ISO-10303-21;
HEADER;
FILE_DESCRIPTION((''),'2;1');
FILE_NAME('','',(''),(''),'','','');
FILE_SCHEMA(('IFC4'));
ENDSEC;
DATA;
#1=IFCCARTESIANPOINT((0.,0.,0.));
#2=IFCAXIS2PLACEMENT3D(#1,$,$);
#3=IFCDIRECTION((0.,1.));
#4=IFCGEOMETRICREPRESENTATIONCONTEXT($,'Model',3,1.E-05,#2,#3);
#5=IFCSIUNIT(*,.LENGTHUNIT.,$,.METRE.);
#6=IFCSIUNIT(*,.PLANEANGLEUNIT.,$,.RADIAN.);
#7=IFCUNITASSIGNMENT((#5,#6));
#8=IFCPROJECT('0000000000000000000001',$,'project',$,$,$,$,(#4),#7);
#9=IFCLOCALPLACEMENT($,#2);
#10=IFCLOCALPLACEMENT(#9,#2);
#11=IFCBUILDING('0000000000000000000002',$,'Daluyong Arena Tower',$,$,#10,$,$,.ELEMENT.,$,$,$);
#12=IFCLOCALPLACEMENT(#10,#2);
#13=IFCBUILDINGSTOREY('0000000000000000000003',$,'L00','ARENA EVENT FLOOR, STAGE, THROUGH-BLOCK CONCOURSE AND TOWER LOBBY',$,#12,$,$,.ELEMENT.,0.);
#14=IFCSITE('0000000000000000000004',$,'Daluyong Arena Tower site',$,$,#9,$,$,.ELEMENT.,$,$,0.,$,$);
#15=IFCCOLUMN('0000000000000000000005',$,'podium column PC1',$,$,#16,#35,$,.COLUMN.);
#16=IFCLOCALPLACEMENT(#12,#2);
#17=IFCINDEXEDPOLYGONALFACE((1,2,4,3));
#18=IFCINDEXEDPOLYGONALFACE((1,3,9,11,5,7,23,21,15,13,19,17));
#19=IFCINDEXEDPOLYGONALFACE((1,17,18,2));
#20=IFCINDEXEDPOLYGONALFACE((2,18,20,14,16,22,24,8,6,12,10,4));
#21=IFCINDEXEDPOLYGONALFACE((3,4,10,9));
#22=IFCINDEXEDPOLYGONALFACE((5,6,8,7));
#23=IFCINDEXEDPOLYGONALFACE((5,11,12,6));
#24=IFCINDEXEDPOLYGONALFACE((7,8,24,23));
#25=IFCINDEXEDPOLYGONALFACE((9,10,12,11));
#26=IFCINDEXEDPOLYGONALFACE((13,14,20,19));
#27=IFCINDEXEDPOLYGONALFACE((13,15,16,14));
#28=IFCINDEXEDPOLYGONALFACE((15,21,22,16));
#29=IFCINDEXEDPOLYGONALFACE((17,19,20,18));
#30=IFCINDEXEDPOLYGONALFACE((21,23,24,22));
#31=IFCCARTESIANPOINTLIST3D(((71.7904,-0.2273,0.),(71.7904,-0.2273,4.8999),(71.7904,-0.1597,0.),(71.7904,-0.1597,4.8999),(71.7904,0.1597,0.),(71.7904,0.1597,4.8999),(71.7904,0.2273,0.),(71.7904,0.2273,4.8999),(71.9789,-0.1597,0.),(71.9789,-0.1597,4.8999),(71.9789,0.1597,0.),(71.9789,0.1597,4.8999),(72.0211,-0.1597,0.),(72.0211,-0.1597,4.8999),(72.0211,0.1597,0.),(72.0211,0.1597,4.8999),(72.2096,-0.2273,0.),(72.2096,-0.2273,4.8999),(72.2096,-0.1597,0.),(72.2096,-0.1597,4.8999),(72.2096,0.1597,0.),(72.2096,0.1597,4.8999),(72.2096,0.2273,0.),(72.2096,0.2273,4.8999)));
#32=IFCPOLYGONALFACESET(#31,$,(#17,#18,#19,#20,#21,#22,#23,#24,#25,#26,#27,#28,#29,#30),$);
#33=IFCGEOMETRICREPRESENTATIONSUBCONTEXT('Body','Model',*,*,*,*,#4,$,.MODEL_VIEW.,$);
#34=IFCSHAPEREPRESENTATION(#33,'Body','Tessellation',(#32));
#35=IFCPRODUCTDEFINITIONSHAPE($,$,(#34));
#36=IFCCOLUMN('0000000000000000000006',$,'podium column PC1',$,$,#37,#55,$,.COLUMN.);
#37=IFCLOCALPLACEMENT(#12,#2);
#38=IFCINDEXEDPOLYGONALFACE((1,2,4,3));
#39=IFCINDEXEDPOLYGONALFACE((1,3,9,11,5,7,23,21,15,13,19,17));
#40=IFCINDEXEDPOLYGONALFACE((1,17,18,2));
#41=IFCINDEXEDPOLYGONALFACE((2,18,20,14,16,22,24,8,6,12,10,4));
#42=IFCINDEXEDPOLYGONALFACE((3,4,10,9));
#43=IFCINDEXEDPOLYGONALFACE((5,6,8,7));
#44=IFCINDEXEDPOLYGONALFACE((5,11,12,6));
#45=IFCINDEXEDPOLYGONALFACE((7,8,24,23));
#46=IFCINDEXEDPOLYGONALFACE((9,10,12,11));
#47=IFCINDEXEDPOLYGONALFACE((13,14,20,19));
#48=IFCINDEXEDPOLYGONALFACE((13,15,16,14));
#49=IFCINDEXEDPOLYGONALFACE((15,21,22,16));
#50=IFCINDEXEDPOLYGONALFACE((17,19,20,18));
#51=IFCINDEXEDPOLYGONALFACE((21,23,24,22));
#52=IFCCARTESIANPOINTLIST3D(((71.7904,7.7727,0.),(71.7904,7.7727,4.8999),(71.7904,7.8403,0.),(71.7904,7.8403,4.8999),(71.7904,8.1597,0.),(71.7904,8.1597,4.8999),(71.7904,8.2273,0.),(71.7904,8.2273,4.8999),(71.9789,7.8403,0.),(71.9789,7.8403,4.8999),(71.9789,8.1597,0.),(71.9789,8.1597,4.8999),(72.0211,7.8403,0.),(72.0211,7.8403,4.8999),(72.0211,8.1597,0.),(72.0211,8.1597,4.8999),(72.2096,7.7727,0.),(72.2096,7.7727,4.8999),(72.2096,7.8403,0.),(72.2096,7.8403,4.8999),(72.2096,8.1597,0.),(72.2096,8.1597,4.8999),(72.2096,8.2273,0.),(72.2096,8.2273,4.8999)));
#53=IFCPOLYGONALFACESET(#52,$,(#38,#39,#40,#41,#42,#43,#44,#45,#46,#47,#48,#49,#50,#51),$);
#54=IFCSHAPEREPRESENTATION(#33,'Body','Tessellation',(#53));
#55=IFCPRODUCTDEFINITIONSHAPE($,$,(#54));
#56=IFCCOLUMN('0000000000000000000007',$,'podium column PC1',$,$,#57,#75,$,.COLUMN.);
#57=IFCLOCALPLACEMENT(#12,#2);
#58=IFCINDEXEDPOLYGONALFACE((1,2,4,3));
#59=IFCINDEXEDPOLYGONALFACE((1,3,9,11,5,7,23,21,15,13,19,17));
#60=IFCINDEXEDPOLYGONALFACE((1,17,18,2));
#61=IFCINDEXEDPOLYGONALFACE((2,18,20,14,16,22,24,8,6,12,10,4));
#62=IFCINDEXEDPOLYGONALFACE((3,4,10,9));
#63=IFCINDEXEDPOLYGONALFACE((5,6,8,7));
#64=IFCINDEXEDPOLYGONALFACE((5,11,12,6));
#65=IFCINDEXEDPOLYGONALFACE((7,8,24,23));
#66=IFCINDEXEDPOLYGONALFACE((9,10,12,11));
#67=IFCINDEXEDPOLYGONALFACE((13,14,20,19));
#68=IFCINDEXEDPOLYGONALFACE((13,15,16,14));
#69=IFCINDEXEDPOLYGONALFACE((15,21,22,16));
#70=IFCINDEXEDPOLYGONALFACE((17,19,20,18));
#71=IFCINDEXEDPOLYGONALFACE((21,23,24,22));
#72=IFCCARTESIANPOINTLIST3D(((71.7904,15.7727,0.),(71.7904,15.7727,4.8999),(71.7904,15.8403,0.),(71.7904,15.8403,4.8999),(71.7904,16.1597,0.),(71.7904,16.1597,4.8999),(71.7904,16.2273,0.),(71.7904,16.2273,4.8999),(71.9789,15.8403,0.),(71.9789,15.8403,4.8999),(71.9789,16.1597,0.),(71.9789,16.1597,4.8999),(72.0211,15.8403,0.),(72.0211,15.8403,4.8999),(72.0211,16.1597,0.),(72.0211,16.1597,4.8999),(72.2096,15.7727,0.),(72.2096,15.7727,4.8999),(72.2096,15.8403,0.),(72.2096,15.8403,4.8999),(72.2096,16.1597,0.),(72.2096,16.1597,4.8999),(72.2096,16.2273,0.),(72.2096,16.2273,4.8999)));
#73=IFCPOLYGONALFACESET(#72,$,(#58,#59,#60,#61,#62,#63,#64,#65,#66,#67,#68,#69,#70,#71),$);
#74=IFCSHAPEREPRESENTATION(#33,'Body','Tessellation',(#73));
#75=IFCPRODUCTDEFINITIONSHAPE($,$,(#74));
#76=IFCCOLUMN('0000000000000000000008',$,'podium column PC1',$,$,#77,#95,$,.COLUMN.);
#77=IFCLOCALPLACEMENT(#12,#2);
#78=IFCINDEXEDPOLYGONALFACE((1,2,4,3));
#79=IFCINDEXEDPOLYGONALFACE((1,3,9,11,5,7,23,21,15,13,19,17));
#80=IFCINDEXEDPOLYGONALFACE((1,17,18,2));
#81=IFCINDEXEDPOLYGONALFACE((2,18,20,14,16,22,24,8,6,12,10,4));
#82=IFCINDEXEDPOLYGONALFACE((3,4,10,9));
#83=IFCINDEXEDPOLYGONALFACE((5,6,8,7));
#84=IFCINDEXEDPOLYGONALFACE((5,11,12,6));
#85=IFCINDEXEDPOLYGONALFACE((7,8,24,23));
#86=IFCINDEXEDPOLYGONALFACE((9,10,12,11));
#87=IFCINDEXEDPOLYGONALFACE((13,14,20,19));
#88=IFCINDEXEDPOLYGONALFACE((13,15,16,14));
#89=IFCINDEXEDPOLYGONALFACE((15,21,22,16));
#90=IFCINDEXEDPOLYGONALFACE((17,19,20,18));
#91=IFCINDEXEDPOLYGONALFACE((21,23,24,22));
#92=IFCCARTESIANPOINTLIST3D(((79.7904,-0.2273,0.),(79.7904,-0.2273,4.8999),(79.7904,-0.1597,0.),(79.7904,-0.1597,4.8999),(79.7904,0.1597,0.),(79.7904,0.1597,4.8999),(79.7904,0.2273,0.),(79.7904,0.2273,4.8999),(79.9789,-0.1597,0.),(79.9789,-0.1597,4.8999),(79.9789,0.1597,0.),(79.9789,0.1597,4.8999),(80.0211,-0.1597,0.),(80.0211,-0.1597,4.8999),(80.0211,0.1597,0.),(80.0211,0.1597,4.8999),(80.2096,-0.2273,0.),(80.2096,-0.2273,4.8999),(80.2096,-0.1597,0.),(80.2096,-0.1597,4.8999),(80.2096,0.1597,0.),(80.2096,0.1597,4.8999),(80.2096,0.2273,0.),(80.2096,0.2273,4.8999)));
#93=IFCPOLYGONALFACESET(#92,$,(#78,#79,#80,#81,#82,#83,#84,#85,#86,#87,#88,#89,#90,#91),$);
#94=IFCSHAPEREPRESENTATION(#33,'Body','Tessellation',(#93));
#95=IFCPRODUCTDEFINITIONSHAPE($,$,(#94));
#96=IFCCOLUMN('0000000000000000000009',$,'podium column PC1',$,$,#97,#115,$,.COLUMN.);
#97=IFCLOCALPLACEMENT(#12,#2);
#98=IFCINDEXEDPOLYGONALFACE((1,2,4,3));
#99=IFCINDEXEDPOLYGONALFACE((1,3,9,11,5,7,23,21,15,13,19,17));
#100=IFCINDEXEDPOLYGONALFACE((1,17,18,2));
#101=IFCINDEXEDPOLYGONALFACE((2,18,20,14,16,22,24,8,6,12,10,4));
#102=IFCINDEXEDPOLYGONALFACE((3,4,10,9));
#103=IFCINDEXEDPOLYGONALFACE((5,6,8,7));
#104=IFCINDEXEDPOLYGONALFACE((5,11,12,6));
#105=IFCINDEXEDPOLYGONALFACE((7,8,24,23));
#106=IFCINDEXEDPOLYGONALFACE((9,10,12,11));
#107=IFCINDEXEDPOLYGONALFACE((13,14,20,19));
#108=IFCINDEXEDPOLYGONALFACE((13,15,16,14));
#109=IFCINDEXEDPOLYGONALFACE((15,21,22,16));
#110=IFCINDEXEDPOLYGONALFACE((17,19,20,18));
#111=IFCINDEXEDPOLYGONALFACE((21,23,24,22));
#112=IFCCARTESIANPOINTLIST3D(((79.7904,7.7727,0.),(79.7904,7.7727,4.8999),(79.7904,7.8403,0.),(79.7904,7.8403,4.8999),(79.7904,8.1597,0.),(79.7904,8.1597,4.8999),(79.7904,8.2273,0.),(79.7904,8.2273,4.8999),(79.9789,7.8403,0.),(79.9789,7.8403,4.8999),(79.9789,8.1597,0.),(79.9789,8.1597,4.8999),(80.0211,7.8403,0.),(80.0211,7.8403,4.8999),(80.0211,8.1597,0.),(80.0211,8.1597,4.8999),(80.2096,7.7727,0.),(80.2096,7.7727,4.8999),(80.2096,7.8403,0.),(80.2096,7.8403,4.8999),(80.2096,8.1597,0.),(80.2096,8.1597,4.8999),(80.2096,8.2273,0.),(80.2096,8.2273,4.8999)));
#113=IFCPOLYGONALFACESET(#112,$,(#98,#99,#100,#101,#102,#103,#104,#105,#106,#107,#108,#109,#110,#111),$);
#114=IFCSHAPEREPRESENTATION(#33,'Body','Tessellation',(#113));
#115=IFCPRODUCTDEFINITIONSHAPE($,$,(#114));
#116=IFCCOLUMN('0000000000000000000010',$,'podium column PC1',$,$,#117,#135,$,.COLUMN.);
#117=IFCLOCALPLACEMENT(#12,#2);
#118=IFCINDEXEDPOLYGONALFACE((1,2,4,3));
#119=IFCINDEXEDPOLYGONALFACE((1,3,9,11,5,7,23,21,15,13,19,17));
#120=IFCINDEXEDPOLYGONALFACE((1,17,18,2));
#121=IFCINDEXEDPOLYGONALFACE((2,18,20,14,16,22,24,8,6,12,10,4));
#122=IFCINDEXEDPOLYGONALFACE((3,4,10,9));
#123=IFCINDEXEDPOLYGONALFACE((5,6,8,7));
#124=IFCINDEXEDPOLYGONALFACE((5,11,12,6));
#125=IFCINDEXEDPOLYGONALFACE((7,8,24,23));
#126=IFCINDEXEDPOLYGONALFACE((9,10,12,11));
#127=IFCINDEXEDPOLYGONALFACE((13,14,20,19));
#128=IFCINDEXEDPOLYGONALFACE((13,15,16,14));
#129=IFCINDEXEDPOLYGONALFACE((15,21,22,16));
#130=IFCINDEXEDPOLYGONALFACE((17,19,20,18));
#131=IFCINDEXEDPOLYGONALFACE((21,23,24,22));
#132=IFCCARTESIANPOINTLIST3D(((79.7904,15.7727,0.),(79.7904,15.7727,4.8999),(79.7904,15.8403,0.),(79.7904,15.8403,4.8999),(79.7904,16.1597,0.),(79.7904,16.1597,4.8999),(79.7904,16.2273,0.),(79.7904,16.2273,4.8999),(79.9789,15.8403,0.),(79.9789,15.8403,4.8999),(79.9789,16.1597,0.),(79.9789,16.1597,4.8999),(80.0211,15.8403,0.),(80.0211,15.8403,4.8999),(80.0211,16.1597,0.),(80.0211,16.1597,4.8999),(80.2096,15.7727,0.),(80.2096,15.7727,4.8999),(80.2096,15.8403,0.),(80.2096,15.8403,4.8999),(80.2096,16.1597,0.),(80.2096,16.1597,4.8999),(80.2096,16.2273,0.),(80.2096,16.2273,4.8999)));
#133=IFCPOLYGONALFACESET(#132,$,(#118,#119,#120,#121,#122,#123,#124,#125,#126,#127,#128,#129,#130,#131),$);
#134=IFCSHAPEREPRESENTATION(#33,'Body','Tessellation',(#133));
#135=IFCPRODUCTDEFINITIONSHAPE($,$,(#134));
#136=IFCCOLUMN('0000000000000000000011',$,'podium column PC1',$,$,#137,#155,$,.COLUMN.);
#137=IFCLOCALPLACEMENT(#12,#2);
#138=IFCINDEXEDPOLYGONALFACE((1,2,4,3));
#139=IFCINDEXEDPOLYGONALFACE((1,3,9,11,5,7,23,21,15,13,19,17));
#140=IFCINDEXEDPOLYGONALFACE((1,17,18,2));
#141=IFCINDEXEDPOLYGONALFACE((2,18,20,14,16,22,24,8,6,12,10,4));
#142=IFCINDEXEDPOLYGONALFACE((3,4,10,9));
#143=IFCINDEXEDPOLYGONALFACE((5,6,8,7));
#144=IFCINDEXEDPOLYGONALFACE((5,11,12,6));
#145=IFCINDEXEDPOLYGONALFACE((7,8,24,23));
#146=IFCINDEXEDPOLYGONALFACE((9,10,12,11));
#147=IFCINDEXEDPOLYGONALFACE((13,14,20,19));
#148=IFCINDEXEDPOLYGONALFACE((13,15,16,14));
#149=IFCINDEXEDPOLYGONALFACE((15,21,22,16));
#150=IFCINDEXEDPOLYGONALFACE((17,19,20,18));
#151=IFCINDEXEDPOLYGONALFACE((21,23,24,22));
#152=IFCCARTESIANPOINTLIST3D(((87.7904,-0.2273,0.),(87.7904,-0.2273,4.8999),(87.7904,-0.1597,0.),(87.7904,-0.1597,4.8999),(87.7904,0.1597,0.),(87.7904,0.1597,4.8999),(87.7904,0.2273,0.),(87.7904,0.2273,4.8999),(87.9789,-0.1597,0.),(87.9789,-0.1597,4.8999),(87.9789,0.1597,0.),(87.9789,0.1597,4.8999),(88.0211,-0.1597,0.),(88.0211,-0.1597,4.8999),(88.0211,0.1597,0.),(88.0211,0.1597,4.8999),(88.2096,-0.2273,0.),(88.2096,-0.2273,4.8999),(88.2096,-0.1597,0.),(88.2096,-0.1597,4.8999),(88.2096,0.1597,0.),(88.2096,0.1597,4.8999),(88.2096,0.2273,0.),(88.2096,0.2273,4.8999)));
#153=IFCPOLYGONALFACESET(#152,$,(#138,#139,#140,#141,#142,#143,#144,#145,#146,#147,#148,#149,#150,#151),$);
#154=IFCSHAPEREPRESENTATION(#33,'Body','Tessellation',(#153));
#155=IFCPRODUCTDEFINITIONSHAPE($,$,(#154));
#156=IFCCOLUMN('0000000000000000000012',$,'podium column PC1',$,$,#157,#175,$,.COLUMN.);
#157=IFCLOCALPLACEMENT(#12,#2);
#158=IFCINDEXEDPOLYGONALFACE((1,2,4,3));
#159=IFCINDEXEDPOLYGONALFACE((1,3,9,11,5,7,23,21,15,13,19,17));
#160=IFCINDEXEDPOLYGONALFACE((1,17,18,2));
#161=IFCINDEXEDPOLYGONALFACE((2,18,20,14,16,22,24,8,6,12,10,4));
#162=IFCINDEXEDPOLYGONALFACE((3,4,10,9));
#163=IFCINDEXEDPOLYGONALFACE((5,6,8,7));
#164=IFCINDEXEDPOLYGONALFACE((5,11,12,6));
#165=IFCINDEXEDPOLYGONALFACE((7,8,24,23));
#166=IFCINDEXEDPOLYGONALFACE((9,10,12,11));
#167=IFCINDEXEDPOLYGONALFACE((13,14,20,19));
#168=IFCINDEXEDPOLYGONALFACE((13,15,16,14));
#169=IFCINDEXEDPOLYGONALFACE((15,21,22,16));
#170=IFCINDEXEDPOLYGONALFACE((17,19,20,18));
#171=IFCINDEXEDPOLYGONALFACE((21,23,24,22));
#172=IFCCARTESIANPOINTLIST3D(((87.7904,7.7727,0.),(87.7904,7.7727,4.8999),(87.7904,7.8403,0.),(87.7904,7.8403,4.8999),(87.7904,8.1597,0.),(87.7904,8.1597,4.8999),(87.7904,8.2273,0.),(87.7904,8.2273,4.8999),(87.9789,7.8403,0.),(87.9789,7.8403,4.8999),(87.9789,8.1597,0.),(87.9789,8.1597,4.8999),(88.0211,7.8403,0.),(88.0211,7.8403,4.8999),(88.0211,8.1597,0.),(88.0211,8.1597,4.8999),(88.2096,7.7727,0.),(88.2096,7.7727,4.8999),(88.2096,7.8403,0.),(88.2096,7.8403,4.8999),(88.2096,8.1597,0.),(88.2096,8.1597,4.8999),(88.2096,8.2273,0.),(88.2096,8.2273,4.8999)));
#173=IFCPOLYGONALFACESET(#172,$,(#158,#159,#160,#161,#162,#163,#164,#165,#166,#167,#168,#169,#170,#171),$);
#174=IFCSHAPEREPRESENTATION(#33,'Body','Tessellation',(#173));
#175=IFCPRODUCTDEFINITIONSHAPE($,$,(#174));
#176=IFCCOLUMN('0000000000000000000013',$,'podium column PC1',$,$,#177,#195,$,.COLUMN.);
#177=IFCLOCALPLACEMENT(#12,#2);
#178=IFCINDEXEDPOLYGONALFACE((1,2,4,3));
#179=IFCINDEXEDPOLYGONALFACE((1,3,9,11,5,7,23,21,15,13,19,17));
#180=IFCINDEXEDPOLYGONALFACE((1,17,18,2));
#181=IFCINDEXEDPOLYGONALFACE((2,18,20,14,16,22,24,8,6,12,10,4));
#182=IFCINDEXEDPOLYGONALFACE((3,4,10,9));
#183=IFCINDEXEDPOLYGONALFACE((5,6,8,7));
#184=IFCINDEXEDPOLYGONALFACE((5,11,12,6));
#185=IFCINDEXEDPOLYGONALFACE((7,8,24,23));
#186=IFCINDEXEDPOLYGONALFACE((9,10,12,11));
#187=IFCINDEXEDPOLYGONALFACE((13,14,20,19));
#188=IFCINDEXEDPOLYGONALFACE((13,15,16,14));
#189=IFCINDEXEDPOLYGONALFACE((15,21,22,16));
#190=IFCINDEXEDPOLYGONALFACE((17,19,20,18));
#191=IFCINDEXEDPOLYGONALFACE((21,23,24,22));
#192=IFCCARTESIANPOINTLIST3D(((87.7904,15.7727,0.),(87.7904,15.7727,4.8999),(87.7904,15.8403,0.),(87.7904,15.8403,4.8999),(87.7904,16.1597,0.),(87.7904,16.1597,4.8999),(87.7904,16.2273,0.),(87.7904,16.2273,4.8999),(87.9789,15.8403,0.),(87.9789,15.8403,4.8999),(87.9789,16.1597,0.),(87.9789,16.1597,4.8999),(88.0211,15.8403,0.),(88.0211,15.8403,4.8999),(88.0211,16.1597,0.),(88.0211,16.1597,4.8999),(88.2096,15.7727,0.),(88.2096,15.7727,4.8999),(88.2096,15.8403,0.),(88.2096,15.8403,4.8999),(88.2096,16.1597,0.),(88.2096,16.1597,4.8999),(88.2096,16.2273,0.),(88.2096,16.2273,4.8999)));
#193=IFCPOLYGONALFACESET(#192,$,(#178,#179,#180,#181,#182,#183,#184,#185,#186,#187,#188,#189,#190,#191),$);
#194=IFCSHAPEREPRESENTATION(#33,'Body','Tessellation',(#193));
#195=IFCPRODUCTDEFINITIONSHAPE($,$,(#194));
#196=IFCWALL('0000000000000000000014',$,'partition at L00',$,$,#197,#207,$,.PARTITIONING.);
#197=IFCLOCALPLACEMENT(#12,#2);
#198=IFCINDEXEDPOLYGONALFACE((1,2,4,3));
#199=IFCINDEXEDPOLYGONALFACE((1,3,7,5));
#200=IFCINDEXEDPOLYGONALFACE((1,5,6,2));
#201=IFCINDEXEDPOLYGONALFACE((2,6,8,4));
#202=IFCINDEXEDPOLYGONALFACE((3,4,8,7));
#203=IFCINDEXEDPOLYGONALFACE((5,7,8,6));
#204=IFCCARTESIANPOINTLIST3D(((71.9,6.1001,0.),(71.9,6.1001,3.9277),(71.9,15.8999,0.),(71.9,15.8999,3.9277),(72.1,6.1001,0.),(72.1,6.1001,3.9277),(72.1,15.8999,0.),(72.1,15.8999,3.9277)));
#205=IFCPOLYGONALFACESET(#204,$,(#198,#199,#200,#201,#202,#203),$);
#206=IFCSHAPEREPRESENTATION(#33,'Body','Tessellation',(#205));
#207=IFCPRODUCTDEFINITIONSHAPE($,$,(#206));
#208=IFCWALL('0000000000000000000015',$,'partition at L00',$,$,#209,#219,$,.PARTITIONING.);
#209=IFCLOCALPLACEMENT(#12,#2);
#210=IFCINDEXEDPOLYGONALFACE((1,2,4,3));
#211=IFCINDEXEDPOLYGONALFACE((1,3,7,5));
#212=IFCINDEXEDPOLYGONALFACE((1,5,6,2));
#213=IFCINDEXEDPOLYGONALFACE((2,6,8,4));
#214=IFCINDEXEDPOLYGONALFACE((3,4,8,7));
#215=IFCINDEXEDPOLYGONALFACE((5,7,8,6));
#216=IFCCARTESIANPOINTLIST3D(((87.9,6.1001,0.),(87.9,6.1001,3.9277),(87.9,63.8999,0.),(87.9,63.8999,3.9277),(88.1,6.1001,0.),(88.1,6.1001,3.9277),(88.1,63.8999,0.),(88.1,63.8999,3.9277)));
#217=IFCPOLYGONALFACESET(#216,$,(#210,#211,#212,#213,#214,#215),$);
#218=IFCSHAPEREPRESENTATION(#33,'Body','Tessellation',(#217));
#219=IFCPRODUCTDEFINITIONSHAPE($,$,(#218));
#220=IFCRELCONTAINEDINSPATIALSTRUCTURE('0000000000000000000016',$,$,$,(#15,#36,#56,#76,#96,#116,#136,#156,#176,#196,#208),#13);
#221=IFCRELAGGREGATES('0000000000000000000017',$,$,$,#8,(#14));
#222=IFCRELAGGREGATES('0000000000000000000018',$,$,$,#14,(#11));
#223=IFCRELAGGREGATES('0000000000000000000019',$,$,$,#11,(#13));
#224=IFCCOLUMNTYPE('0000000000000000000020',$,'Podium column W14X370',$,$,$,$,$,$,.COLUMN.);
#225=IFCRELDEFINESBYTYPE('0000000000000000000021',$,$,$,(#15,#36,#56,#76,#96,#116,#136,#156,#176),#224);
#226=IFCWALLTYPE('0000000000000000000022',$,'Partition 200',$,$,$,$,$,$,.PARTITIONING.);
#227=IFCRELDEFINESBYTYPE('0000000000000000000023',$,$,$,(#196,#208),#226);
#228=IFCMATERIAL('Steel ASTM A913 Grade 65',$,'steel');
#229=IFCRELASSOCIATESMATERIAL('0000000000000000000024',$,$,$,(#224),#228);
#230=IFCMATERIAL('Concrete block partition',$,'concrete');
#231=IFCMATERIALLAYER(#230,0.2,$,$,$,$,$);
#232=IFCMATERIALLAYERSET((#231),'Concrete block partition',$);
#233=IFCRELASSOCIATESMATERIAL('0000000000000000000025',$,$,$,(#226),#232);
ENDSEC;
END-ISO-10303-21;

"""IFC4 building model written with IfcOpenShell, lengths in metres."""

from ifc_helpers import new_model, si_unit, direction, frame, frame_2d, origin, origin_2d, place, context, subcontext, project, spatial, rectangle, i_section, extrude, material, layer, layer_set, material_profile, profile_set, type_object, element, save


model = new_model("IFC4")

# Units and contexts
model_context = context("Model", 3, precision=1e-05, world=origin(), true_north=direction((0.0, 1.0)))
body_context = subcontext(model_context, "Body", "Model", "MODEL_VIEW")
ifc_project = project(units=[si_unit("LENGTHUNIT", "METRE"), si_unit("PLANEANGLEUNIT", "RADIAN")], contexts=[model_context])

# Site, building, storey
site_placement = place(None, origin())
site = spatial("IfcSite", under=ifc_project, at=site_placement, Name="Daluyong Arena Tower site", CompositionType="ELEMENT", RefElevation=0.0)
building_placement = place(site_placement, origin())
building = spatial("IfcBuilding", under=site, at=building_placement, Name="Daluyong Arena Tower", CompositionType="ELEMENT")
storey_placement = place(building_placement, origin())
storey = spatial("IfcBuildingStorey", under=building, at=storey_placement, Name="L00", Description="ARENA EVENT FLOOR, STAGE, THROUGH-BLOCK CONCOURSE AND TOWER LOBBY", CompositionType="ELEMENT", Elevation=0.0)

# Columns
ifc_material_1 = material(Name="Steel ASTM A913 Grade 65", Category="steel")
ifc_material_profile = material_profile(ifc_material_1, i_section(OverallWidth=0.4192, OverallDepth=0.4546, WebThickness=0.0422, FlangeThickness=0.0676, at=origin_2d()))
ifc_profile_set = profile_set([ifc_material_profile], Name="Steel ASTM A913 Grade 65")
column_type = type_object("IfcColumnType", Name="Podium column W14X370", PredefinedType="COLUMN", material=ifc_profile_set)
for number, where, z_axis, x_axis, name in (
    (1, (72.0, 0.0, 0.0), (0.0, 0.0, 1.0), (1.0, 0.0, 0.0), "podium column PC1"),
    (2, (72.0, 8.0, 0.0), (0.0, 0.0, 1.0), (1.0, 0.0, 0.0), "podium column PC1"),
    (3, (72.0, 16.0, 0.0), (0.0, 0.0, 1.0), (1.0, 0.0, 0.0), "podium column PC1"),
    (4, (80.0, 0.0, 0.0), (0.0, 0.0, 1.0), (1.0, 0.0, 0.0), "podium column PC1"),
    (5, (80.0, 8.0, 0.0), (0.0, 0.0, 1.0), (1.0, 0.0, 0.0), "podium column PC1"),
    (6, (80.0, 16.0, 0.0), (0.0, 0.0, 1.0), (1.0, 0.0, 0.0), "podium column PC1"),
    (7, (88.0, 0.0, 0.0), (0.0, 0.0, 1.0), (1.0, 0.0, 0.0), "podium column PC1"),
    (8, (88.0, 8.0, 0.0), (0.0, 0.0, 1.0), (1.0, 0.0, 0.0), "podium column PC1"),
    (9, (88.0, 16.0, 0.0), (0.0, 0.0, 1.0), (1.0, 0.0, 0.0), "podium column PC1"),
):
    element("IfcColumn", number, at=place(storey_placement, frame(where, z_axis=z_axis, x_axis=x_axis)), inside=storey, type_object=column_type, Name=name, PredefinedType="COLUMN", context=body_context, shape_type="SweptSolid", body=[
        extrude(i_section(OverallWidth=0.4192, OverallDepth=0.4546, WebThickness=0.0422, FlangeThickness=0.0676, at=origin_2d()), origin(), (0.0, 0.0, 1.0), 4.8999),
    ])

# Walls
ifc_material_2 = material(Name="Concrete block partition", Category="concrete")
ifc_layer_1 = layer(ifc_material_2, 0.2)
ifc_layer_set_1 = layer_set([ifc_layer_1], Name="Concrete block partition")
wall_type = type_object("IfcWallType", Name="Partition 200", PredefinedType="PARTITIONING", material=ifc_layer_set_1)
wall_1_placement = place(storey_placement, frame((72.0, 6.1001, 0.0), z_axis=(0.0, 0.0, 1.0), x_axis=(0.0, 1.0, 0.0)))
element("IfcWall", 10, at=wall_1_placement, inside=storey, type_object=wall_type, Name="partition at L00", PredefinedType="PARTITIONING", context=body_context, shape_type="SweptSolid", body=[
    extrude(rectangle(XDim=9.7998, YDim=0.2, at=frame_2d((4.8999, 0.0))), origin(), (0.0, 0.0, 1.0), 3.9277),
])
wall_2_placement = place(storey_placement, frame((88.0, 6.1001, 0.0), z_axis=(0.0, 0.0, 1.0), x_axis=(0.0, 1.0, 0.0)))
element("IfcWall", 11, at=wall_2_placement, inside=storey, type_object=wall_type, Name="partition at L00", PredefinedType="PARTITIONING", context=body_context, shape_type="SweptSolid", body=[
    extrude(rectangle(XDim=57.7998, YDim=0.2, at=frame_2d((28.8999, 0.0))), origin(), (0.0, 0.0, 1.0), 3.9277),
])

save(model, "model.ifc")
